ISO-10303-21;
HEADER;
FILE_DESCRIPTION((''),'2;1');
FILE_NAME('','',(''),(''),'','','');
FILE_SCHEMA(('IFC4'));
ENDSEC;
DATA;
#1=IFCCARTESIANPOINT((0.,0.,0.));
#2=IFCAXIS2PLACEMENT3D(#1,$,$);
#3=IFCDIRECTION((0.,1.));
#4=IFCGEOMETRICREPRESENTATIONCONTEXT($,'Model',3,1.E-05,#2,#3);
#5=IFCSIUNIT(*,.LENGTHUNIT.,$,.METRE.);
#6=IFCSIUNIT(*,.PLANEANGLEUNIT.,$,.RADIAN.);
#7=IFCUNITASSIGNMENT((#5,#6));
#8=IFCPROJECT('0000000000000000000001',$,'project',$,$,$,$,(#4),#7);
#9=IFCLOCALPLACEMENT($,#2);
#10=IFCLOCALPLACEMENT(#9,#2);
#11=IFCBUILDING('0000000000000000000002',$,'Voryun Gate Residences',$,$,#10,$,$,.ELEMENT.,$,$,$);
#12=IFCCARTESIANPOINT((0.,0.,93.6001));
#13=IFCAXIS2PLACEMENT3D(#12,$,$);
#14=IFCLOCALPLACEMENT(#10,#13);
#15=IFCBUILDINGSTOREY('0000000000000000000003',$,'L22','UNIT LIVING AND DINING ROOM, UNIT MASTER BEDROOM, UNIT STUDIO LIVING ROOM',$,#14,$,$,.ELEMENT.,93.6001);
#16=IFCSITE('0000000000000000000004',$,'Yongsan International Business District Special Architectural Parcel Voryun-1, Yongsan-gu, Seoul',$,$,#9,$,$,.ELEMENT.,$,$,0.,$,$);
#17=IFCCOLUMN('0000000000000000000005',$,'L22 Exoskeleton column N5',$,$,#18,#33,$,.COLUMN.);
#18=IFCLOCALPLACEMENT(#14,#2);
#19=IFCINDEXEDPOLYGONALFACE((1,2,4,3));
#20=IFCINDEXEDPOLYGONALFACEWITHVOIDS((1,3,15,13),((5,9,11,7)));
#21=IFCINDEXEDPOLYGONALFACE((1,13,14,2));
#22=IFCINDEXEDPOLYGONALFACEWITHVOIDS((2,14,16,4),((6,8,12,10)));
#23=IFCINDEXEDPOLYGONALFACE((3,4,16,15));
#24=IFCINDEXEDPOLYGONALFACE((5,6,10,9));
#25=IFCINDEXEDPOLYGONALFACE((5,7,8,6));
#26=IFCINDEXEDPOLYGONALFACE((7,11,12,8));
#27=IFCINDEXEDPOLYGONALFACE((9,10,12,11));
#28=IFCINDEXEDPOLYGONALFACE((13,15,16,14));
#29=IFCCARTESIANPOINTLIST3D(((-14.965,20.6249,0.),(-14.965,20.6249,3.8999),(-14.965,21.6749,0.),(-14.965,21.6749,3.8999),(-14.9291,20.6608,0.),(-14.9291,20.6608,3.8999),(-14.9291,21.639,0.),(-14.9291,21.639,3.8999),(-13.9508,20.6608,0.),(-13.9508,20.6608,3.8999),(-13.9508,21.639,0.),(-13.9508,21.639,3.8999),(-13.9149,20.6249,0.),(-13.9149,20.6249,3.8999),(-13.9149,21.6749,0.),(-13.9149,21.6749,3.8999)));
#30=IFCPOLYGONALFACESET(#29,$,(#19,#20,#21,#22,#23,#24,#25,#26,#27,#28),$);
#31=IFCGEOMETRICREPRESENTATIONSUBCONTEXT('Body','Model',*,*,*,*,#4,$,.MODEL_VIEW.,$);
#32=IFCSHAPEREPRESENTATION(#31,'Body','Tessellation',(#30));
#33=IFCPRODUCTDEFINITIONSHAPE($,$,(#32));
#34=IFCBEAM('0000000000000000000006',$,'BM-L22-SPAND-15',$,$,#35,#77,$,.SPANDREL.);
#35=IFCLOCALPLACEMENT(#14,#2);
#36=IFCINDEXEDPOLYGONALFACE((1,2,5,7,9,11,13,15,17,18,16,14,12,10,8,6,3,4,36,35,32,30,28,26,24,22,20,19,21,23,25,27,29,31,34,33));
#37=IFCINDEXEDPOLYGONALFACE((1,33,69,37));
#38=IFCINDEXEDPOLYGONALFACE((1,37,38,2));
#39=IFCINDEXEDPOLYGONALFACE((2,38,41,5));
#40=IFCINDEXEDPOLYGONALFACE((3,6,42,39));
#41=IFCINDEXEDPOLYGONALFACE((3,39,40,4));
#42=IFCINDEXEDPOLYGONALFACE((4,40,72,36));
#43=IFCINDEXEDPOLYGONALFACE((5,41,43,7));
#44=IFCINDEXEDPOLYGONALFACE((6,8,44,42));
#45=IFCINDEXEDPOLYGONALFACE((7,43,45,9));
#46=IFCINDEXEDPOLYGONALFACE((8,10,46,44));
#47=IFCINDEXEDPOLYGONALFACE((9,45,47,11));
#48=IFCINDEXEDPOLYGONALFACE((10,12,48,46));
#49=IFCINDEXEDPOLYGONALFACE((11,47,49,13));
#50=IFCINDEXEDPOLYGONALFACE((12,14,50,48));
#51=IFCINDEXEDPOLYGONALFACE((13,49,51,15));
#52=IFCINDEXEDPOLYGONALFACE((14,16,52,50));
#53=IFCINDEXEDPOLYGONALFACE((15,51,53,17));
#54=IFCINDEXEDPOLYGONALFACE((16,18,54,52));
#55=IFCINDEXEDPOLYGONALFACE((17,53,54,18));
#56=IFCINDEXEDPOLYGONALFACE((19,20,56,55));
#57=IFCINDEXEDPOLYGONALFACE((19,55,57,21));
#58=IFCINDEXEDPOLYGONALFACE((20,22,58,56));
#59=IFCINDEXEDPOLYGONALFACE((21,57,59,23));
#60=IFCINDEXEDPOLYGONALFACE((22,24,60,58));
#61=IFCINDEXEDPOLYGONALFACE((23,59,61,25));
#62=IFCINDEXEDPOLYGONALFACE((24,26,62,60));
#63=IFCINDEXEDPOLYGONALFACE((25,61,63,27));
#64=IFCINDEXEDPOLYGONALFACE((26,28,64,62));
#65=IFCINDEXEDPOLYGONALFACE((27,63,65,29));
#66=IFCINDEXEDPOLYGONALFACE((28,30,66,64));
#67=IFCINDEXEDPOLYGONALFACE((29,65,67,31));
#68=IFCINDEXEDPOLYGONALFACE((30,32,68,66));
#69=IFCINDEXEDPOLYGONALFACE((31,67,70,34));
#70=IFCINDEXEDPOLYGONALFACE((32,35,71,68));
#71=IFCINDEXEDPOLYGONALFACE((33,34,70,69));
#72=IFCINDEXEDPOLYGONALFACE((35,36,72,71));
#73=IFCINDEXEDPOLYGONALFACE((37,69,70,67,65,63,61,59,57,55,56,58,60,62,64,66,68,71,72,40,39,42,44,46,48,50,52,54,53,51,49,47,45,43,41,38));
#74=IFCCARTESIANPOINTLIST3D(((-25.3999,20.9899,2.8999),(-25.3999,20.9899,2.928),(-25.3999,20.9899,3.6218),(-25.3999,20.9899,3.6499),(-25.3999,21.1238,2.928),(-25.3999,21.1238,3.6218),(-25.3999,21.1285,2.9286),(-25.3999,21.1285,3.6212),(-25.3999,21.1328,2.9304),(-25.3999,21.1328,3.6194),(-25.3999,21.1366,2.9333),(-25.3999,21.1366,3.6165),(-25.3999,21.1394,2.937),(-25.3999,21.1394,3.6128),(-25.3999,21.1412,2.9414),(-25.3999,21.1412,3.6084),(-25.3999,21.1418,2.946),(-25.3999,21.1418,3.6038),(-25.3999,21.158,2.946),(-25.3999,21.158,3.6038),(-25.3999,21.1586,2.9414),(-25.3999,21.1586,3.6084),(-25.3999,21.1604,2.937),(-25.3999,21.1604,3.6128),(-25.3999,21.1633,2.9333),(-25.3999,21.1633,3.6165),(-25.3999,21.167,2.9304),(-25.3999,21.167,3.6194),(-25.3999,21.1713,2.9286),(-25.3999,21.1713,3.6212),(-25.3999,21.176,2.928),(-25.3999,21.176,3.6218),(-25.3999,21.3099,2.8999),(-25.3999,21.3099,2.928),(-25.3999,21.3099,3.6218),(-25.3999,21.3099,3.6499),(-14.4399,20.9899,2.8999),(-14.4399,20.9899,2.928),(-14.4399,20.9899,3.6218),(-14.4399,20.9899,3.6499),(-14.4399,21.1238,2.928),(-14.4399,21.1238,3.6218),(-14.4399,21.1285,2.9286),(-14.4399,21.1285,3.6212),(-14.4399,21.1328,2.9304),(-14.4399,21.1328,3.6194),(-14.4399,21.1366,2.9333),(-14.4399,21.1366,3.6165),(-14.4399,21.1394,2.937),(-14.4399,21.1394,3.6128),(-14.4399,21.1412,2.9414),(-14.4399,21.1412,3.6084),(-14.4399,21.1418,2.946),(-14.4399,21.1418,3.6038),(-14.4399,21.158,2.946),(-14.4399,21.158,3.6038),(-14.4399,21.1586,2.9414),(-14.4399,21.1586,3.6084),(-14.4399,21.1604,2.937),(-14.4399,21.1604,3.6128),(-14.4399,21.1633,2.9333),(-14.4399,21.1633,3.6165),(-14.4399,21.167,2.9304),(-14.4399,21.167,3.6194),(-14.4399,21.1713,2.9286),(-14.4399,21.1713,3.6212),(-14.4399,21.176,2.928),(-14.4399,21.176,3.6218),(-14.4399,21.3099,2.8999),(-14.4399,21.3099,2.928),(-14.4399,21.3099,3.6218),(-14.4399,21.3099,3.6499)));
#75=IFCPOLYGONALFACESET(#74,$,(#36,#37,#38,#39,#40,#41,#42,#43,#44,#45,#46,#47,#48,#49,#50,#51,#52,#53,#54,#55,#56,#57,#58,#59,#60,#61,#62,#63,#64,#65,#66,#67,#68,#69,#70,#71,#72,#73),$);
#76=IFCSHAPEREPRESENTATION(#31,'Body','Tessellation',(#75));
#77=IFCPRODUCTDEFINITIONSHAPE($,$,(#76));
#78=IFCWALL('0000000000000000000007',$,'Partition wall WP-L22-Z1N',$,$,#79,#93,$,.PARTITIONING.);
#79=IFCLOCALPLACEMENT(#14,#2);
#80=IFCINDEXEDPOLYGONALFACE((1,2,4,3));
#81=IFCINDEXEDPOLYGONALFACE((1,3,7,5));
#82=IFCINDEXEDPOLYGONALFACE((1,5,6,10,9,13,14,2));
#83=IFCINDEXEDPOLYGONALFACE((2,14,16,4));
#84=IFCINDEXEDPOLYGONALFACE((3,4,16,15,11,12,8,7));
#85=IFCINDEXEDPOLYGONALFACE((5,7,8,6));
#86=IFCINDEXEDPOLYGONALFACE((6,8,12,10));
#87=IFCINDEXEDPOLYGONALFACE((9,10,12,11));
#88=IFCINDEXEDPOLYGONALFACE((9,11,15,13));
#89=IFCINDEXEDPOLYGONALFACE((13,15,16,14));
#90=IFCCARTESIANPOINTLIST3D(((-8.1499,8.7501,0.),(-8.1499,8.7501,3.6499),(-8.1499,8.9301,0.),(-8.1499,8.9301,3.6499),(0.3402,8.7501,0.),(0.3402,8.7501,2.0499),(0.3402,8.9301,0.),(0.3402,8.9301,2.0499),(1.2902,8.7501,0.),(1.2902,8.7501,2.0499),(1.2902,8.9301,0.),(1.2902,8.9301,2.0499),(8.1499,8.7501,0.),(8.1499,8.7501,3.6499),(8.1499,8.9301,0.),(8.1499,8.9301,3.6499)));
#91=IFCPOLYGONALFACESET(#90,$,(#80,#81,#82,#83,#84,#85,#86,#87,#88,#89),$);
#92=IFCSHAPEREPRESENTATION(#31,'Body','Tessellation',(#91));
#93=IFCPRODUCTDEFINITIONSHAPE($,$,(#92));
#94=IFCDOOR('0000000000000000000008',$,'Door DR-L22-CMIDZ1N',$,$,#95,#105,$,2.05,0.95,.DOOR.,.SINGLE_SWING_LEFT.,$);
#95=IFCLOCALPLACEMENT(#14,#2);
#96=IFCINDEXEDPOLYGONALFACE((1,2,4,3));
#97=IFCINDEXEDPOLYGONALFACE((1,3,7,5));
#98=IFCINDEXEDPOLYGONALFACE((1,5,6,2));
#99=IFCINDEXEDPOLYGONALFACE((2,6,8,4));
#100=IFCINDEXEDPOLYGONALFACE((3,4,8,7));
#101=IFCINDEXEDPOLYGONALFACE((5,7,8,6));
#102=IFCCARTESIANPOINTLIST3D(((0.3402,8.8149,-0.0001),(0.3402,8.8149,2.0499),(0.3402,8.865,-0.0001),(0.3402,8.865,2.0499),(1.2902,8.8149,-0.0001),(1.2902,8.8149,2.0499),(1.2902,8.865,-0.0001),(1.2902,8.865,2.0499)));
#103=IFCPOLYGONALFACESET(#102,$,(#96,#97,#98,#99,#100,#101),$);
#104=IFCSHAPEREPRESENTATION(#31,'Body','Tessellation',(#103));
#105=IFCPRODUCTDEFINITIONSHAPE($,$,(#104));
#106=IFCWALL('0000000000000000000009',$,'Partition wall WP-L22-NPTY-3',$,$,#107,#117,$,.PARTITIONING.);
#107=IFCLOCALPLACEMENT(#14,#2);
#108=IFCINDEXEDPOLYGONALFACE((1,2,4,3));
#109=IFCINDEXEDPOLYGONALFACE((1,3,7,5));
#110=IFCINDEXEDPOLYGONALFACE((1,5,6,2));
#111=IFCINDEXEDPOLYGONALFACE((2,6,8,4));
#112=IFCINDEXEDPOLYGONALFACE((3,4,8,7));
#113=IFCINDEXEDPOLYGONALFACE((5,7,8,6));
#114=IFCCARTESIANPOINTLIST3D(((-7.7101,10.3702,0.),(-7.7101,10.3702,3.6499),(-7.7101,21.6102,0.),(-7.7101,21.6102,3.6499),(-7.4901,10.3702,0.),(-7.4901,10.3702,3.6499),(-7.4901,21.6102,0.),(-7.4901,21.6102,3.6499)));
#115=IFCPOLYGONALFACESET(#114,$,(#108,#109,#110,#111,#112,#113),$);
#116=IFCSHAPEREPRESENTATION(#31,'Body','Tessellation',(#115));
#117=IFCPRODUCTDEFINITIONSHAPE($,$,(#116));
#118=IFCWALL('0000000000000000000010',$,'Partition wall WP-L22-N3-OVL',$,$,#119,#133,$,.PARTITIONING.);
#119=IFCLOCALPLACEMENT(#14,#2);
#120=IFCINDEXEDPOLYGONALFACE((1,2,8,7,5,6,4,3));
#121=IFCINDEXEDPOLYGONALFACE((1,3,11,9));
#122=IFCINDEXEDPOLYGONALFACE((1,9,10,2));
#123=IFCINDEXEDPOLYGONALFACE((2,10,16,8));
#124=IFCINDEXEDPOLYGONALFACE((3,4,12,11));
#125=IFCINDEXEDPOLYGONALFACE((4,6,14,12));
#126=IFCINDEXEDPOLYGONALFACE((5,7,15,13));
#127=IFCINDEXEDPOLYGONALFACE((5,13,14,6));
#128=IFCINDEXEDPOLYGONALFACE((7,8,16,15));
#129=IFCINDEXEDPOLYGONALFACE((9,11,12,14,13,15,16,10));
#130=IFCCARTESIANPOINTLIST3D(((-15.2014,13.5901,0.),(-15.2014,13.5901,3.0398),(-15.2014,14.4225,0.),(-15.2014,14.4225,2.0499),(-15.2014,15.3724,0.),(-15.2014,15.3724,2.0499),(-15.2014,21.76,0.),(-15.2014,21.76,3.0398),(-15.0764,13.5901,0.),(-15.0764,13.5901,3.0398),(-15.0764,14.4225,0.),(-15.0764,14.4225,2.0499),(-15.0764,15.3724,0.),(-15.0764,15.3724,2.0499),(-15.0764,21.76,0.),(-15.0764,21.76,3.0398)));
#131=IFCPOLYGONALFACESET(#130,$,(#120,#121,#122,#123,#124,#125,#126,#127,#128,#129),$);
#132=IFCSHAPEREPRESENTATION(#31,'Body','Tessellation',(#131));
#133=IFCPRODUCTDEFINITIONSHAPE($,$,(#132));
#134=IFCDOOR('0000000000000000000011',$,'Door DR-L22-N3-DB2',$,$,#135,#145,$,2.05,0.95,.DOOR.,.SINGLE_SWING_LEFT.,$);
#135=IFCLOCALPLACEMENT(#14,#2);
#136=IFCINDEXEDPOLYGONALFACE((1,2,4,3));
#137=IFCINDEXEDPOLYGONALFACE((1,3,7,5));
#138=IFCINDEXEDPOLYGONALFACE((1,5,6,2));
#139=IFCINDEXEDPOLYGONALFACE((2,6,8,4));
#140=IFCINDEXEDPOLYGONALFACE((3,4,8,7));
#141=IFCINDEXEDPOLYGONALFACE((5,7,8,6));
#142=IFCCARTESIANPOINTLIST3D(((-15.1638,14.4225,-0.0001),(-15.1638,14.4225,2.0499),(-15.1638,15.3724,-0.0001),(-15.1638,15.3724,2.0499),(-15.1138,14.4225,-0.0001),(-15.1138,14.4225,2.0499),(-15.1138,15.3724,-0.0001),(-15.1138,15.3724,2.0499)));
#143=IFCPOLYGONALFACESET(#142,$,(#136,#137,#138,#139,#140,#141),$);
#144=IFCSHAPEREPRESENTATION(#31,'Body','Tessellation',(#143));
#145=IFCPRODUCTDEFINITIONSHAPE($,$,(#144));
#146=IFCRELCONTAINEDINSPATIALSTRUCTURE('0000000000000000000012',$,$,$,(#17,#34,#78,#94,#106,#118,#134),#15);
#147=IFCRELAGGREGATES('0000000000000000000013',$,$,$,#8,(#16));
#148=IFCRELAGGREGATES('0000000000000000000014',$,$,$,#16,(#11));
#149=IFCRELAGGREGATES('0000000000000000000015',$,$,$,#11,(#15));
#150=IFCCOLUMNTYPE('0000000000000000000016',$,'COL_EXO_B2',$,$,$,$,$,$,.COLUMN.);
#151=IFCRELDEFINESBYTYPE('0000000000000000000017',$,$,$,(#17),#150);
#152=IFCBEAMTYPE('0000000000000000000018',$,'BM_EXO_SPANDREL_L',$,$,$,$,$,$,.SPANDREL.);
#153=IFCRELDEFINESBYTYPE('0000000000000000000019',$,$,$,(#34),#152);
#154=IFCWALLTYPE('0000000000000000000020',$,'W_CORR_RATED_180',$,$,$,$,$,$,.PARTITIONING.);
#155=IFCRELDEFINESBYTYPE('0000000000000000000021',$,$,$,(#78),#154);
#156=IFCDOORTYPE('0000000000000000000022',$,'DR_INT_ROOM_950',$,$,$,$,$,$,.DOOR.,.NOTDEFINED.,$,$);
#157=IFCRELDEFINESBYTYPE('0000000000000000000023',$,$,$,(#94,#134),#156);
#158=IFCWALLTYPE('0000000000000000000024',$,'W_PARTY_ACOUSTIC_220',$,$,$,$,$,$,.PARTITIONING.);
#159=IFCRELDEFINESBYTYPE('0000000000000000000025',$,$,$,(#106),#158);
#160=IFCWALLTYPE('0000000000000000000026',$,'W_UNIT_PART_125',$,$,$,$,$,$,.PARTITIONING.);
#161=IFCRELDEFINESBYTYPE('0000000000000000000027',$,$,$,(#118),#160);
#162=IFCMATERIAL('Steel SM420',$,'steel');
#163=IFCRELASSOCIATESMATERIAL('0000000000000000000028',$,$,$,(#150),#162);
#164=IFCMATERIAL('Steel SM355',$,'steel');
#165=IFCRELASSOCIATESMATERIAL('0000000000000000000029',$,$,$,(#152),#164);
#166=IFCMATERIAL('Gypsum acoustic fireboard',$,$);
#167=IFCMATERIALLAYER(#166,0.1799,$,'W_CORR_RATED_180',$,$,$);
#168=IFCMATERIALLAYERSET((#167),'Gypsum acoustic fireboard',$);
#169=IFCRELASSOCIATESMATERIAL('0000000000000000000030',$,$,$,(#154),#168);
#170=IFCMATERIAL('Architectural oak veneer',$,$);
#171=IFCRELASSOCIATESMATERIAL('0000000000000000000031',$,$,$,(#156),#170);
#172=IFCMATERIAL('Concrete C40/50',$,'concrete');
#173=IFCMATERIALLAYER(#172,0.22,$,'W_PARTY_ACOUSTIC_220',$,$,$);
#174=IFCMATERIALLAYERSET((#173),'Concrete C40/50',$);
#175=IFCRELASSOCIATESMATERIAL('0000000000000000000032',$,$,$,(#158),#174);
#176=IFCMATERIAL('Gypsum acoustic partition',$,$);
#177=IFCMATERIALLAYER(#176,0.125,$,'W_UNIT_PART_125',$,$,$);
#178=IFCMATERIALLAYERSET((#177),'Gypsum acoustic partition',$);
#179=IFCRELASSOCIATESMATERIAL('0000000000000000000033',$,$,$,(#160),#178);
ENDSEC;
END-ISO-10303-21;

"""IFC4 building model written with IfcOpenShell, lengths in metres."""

from ifc_helpers import new_model, si_unit, direction, frame, frame_2d, origin, origin_2d, place, context, subcontext, project, spatial, rectangle, hollow_rectangle, i_section, extrude, material, layer, layer_set, material_profile, profile_set, type_object, element, fill, save


model = new_model("IFC4")

# Units and contexts
model_context = context("Model", 3, precision=1e-05, world=origin(), true_north=direction((0.0, 1.0)))
body_context = subcontext(model_context, "Body", "Model", "MODEL_VIEW")
ifc_project = project(units=[si_unit("LENGTHUNIT", "METRE"), si_unit("PLANEANGLEUNIT", "RADIAN")], contexts=[model_context])

# Site, building, storey
site_placement = place(None, origin())
site = spatial("IfcSite", under=ifc_project, at=site_placement, Name="Yongsan International Business District Special Architectural Parcel Voryun-1, Yongsan-gu, Seoul", CompositionType="ELEMENT", RefElevation=0.0)
building_placement = place(site_placement, origin())
building = spatial("IfcBuilding", under=site, at=building_placement, Name="Voryun Gate Residences", CompositionType="ELEMENT")
storey_placement = place(building_placement, frame((0.0, 0.0, 93.6001)))
storey = spatial("IfcBuildingStorey", under=building, at=storey_placement, Name="L22", Description="UNIT LIVING AND DINING ROOM, UNIT MASTER BEDROOM, UNIT STUDIO LIVING ROOM", CompositionType="ELEMENT", Elevation=93.6001)

# Column
ifc_material_1 = material(Name="Steel SM420", Category="steel")
ifc_material_profile_1 = material_profile(ifc_material_1, hollow_rectangle(XDim=1.05, YDim=1.05, WallThickness=0.0359, at=origin_2d()), Name="BOX-1050x1050x36")
ifc_profile_set_1 = profile_set([ifc_material_profile_1], Name="Steel SM420")
column_type = type_object("IfcColumnType", Name="COL_EXO_B2", PredefinedType="COLUMN", material=ifc_profile_set_1)
column_placement = place(storey_placement, frame((-14.4399, 21.1499, 0.0), z_axis=(0.0, 0.0, 1.0), x_axis=(1.0, 0.0, 0.0)))
element("IfcColumn", 1, at=column_placement, inside=storey, type_object=column_type, Name="L22 Exoskeleton column N5", PredefinedType="COLUMN", context=body_context, shape_type="SweptSolid", body=[
    extrude(hollow_rectangle(XDim=1.05, YDim=1.05, WallThickness=0.0359, at=origin_2d()), origin(), (0.0, 0.0, 1.0), 3.8999),
])

# Beam
ifc_material_2 = material(Name="Steel SM355", Category="steel")
ifc_material_profile_2 = material_profile(ifc_material_2, i_section(OverallWidth=0.3201, OverallDepth=0.75, WebThickness=0.0161, FlangeThickness=0.0281, FilletRadius=0.0181, at=origin_2d()), Name="H-750x320x16x28")
ifc_profile_set_2 = profile_set([ifc_material_profile_2], Name="Steel SM355")
beam_type = type_object("IfcBeamType", Name="BM_EXO_SPANDREL_L", PredefinedType="SPANDREL", material=ifc_profile_set_2)
beam_placement = place(storey_placement, frame((-14.4399, 21.1499, 3.2749), z_axis=(-1.0, 0.0, 0.0), x_axis=(0.0, -1.0, 0.0)))
element("IfcBeam", 2, at=beam_placement, inside=storey, type_object=beam_type, Name="BM-L22-SPAND-15", PredefinedType="SPANDREL", context=body_context, shape_type="SweptSolid", body=[
    extrude(i_section(OverallWidth=0.3201, OverallDepth=0.75, WebThickness=0.0161, FlangeThickness=0.0281, FilletRadius=0.0181, at=origin_2d()), origin(), (0.0, 0.0, 1.0), 10.96),
])

# Wall, opening, door
ifc_material_3 = material(Name="Gypsum acoustic fireboard")
ifc_layer_1 = layer(ifc_material_3, 0.1799, Name="W_CORR_RATED_180")
ifc_layer_set_1 = layer_set([ifc_layer_1], Name="Gypsum acoustic fireboard")
wall_type_1 = type_object("IfcWallType", Name="W_CORR_RATED_180", PredefinedType="PARTITIONING", material=ifc_layer_set_1)
wall_1_placement = place(storey_placement, frame((-8.1499, 8.8401, 0.0), z_axis=(0.0, 0.0, 1.0), x_axis=(1.0, 0.0, 0.0)))
wall_1 = element("IfcWall", 3, at=wall_1_placement, inside=storey, type_object=wall_type_1, Name="Partition wall WP-L22-Z1N", PredefinedType="PARTITIONING", context=body_context, shape_type="SweptSolid", body=[
    extrude(rectangle(XDim=16.2998, YDim=0.1799, at=frame_2d((8.1499, 0.0))), origin(), (0.0, 0.0, 1.0), 3.6499),
])
opening_1_placement = place(wall_1_placement, frame((8.49, 0.0, 0.0)))
opening_1 = element("IfcOpeningElement", 4, at=opening_1_placement, cuts=wall_1, PredefinedType="OPENING", context=body_context, shape_type="SweptSolid", body=[
    extrude(rectangle(XDim=0.95, YDim=2.05, at=frame_2d((0.4751, 1.0249))), frame((0.0, 0.0999, 0.0), z_axis=(0.0, -1.0, 0.0), x_axis=(1.0, 0.0, 0.0)), (0.0, 0.0, 1.0), 0.2),
])
ifc_material_4 = material(Name="Architectural oak veneer")
door_type_1 = type_object("IfcDoorType", Name="DR_INT_ROOM_950", OperationType="NOTDEFINED", PredefinedType="DOOR", material=ifc_material_4)
door_1_placement = place(opening_1_placement, origin())
door_1 = element("IfcDoor", 5, at=door_1_placement, inside=storey, type_object=door_type_1, Name="Door DR-L22-CMIDZ1N", OperationType="SINGLE_SWING_LEFT", OverallHeight=2.05, OverallWidth=0.95, PredefinedType="DOOR", context=body_context, shape_type="SweptSolid", body=[
    extrude(rectangle(XDim=0.95, YDim=2.05, at=frame_2d((0.4751, 1.0249))), frame((0.0, 0.0249, 0.0), z_axis=(0.0, -1.0, 0.0), x_axis=(1.0, 0.0, 0.0)), (0.0, 0.0, 1.0), 0.05),
])
fill(opening_1, door_1)

# Wall
ifc_material_5 = material(Name="Concrete C40/50", Category="concrete")
ifc_layer_2 = layer(ifc_material_5, 0.22, Name="W_PARTY_ACOUSTIC_220")
ifc_layer_set_2 = layer_set([ifc_layer_2], Name="Concrete C40/50")
wall_type_2 = type_object("IfcWallType", Name="W_PARTY_ACOUSTIC_220", PredefinedType="PARTITIONING", material=ifc_layer_set_2)
wall_2_placement = place(storey_placement, frame((-7.6001, 10.3701, 0.0), z_axis=(0.0, 0.0, 1.0), x_axis=(0.0, 1.0, 0.0)))
element("IfcWall", 6, at=wall_2_placement, inside=storey, type_object=wall_type_2, Name="Partition wall WP-L22-NPTY-3", PredefinedType="PARTITIONING", context=body_context, shape_type="SweptSolid", body=[
    extrude(rectangle(XDim=11.24, YDim=0.22, at=frame_2d((5.6201, 0.0))), origin(), (0.0, 0.0, 1.0), 3.6499),
])

# Wall, opening, door
ifc_material_6 = material(Name="Gypsum acoustic partition")
ifc_layer_3 = layer(ifc_material_6, 0.125, Name="W_UNIT_PART_125")
ifc_layer_set_3 = layer_set([ifc_layer_3], Name="Gypsum acoustic partition")
wall_type_3 = type_object("IfcWallType", Name="W_UNIT_PART_125", PredefinedType="PARTITIONING", material=ifc_layer_set_3)
wall_3_placement = place(storey_placement, frame((-15.1389, 13.5901, 0.0), z_axis=(0.0, 0.0, 1.0), x_axis=(0.0, 1.0, 0.0)))
wall_3 = element("IfcWall", 7, at=wall_3_placement, inside=storey, type_object=wall_type_3, Name="Partition wall WP-L22-N3-OVL", PredefinedType="PARTITIONING", context=body_context, shape_type="SweptSolid", body=[
    extrude(rectangle(XDim=8.1699, YDim=0.125, at=frame_2d((4.085, 0.0))), origin(), (0.0, 0.0, 1.0), 3.0398),
])
opening_2_placement = place(wall_3_placement, frame((0.8323, 0.0, 0.0)))
opening_2 = element("IfcOpeningElement", 8, at=opening_2_placement, cuts=wall_3, PredefinedType="OPENING", context=body_context, shape_type="SweptSolid", body=[
    extrude(rectangle(XDim=0.95, YDim=2.05, at=frame_2d((0.4751, 1.0249))), frame((0.0, 0.0725, 0.0), z_axis=(0.0, -1.0, 0.0), x_axis=(1.0, 0.0, 0.0)), (0.0, 0.0, 1.0), 0.145),
])
door_2_placement = place(opening_2_placement, origin())
door_2 = element("IfcDoor", 9, at=door_2_placement, inside=storey, type_object=door_type_1, Name="Door DR-L22-N3-DB2", OperationType="SINGLE_SWING_LEFT", OverallHeight=2.05, OverallWidth=0.95, PredefinedType="DOOR", context=body_context, shape_type="SweptSolid", body=[
    extrude(rectangle(XDim=0.95, YDim=2.05, at=frame_2d((0.4751, 1.0249))), frame((0.0, 0.0249, 0.0), z_axis=(0.0, -1.0, 0.0), x_axis=(1.0, 0.0, 0.0)), (0.0, 0.0, 1.0), 0.05),
])
fill(opening_2, door_2)

save(model, "model.ifc")
